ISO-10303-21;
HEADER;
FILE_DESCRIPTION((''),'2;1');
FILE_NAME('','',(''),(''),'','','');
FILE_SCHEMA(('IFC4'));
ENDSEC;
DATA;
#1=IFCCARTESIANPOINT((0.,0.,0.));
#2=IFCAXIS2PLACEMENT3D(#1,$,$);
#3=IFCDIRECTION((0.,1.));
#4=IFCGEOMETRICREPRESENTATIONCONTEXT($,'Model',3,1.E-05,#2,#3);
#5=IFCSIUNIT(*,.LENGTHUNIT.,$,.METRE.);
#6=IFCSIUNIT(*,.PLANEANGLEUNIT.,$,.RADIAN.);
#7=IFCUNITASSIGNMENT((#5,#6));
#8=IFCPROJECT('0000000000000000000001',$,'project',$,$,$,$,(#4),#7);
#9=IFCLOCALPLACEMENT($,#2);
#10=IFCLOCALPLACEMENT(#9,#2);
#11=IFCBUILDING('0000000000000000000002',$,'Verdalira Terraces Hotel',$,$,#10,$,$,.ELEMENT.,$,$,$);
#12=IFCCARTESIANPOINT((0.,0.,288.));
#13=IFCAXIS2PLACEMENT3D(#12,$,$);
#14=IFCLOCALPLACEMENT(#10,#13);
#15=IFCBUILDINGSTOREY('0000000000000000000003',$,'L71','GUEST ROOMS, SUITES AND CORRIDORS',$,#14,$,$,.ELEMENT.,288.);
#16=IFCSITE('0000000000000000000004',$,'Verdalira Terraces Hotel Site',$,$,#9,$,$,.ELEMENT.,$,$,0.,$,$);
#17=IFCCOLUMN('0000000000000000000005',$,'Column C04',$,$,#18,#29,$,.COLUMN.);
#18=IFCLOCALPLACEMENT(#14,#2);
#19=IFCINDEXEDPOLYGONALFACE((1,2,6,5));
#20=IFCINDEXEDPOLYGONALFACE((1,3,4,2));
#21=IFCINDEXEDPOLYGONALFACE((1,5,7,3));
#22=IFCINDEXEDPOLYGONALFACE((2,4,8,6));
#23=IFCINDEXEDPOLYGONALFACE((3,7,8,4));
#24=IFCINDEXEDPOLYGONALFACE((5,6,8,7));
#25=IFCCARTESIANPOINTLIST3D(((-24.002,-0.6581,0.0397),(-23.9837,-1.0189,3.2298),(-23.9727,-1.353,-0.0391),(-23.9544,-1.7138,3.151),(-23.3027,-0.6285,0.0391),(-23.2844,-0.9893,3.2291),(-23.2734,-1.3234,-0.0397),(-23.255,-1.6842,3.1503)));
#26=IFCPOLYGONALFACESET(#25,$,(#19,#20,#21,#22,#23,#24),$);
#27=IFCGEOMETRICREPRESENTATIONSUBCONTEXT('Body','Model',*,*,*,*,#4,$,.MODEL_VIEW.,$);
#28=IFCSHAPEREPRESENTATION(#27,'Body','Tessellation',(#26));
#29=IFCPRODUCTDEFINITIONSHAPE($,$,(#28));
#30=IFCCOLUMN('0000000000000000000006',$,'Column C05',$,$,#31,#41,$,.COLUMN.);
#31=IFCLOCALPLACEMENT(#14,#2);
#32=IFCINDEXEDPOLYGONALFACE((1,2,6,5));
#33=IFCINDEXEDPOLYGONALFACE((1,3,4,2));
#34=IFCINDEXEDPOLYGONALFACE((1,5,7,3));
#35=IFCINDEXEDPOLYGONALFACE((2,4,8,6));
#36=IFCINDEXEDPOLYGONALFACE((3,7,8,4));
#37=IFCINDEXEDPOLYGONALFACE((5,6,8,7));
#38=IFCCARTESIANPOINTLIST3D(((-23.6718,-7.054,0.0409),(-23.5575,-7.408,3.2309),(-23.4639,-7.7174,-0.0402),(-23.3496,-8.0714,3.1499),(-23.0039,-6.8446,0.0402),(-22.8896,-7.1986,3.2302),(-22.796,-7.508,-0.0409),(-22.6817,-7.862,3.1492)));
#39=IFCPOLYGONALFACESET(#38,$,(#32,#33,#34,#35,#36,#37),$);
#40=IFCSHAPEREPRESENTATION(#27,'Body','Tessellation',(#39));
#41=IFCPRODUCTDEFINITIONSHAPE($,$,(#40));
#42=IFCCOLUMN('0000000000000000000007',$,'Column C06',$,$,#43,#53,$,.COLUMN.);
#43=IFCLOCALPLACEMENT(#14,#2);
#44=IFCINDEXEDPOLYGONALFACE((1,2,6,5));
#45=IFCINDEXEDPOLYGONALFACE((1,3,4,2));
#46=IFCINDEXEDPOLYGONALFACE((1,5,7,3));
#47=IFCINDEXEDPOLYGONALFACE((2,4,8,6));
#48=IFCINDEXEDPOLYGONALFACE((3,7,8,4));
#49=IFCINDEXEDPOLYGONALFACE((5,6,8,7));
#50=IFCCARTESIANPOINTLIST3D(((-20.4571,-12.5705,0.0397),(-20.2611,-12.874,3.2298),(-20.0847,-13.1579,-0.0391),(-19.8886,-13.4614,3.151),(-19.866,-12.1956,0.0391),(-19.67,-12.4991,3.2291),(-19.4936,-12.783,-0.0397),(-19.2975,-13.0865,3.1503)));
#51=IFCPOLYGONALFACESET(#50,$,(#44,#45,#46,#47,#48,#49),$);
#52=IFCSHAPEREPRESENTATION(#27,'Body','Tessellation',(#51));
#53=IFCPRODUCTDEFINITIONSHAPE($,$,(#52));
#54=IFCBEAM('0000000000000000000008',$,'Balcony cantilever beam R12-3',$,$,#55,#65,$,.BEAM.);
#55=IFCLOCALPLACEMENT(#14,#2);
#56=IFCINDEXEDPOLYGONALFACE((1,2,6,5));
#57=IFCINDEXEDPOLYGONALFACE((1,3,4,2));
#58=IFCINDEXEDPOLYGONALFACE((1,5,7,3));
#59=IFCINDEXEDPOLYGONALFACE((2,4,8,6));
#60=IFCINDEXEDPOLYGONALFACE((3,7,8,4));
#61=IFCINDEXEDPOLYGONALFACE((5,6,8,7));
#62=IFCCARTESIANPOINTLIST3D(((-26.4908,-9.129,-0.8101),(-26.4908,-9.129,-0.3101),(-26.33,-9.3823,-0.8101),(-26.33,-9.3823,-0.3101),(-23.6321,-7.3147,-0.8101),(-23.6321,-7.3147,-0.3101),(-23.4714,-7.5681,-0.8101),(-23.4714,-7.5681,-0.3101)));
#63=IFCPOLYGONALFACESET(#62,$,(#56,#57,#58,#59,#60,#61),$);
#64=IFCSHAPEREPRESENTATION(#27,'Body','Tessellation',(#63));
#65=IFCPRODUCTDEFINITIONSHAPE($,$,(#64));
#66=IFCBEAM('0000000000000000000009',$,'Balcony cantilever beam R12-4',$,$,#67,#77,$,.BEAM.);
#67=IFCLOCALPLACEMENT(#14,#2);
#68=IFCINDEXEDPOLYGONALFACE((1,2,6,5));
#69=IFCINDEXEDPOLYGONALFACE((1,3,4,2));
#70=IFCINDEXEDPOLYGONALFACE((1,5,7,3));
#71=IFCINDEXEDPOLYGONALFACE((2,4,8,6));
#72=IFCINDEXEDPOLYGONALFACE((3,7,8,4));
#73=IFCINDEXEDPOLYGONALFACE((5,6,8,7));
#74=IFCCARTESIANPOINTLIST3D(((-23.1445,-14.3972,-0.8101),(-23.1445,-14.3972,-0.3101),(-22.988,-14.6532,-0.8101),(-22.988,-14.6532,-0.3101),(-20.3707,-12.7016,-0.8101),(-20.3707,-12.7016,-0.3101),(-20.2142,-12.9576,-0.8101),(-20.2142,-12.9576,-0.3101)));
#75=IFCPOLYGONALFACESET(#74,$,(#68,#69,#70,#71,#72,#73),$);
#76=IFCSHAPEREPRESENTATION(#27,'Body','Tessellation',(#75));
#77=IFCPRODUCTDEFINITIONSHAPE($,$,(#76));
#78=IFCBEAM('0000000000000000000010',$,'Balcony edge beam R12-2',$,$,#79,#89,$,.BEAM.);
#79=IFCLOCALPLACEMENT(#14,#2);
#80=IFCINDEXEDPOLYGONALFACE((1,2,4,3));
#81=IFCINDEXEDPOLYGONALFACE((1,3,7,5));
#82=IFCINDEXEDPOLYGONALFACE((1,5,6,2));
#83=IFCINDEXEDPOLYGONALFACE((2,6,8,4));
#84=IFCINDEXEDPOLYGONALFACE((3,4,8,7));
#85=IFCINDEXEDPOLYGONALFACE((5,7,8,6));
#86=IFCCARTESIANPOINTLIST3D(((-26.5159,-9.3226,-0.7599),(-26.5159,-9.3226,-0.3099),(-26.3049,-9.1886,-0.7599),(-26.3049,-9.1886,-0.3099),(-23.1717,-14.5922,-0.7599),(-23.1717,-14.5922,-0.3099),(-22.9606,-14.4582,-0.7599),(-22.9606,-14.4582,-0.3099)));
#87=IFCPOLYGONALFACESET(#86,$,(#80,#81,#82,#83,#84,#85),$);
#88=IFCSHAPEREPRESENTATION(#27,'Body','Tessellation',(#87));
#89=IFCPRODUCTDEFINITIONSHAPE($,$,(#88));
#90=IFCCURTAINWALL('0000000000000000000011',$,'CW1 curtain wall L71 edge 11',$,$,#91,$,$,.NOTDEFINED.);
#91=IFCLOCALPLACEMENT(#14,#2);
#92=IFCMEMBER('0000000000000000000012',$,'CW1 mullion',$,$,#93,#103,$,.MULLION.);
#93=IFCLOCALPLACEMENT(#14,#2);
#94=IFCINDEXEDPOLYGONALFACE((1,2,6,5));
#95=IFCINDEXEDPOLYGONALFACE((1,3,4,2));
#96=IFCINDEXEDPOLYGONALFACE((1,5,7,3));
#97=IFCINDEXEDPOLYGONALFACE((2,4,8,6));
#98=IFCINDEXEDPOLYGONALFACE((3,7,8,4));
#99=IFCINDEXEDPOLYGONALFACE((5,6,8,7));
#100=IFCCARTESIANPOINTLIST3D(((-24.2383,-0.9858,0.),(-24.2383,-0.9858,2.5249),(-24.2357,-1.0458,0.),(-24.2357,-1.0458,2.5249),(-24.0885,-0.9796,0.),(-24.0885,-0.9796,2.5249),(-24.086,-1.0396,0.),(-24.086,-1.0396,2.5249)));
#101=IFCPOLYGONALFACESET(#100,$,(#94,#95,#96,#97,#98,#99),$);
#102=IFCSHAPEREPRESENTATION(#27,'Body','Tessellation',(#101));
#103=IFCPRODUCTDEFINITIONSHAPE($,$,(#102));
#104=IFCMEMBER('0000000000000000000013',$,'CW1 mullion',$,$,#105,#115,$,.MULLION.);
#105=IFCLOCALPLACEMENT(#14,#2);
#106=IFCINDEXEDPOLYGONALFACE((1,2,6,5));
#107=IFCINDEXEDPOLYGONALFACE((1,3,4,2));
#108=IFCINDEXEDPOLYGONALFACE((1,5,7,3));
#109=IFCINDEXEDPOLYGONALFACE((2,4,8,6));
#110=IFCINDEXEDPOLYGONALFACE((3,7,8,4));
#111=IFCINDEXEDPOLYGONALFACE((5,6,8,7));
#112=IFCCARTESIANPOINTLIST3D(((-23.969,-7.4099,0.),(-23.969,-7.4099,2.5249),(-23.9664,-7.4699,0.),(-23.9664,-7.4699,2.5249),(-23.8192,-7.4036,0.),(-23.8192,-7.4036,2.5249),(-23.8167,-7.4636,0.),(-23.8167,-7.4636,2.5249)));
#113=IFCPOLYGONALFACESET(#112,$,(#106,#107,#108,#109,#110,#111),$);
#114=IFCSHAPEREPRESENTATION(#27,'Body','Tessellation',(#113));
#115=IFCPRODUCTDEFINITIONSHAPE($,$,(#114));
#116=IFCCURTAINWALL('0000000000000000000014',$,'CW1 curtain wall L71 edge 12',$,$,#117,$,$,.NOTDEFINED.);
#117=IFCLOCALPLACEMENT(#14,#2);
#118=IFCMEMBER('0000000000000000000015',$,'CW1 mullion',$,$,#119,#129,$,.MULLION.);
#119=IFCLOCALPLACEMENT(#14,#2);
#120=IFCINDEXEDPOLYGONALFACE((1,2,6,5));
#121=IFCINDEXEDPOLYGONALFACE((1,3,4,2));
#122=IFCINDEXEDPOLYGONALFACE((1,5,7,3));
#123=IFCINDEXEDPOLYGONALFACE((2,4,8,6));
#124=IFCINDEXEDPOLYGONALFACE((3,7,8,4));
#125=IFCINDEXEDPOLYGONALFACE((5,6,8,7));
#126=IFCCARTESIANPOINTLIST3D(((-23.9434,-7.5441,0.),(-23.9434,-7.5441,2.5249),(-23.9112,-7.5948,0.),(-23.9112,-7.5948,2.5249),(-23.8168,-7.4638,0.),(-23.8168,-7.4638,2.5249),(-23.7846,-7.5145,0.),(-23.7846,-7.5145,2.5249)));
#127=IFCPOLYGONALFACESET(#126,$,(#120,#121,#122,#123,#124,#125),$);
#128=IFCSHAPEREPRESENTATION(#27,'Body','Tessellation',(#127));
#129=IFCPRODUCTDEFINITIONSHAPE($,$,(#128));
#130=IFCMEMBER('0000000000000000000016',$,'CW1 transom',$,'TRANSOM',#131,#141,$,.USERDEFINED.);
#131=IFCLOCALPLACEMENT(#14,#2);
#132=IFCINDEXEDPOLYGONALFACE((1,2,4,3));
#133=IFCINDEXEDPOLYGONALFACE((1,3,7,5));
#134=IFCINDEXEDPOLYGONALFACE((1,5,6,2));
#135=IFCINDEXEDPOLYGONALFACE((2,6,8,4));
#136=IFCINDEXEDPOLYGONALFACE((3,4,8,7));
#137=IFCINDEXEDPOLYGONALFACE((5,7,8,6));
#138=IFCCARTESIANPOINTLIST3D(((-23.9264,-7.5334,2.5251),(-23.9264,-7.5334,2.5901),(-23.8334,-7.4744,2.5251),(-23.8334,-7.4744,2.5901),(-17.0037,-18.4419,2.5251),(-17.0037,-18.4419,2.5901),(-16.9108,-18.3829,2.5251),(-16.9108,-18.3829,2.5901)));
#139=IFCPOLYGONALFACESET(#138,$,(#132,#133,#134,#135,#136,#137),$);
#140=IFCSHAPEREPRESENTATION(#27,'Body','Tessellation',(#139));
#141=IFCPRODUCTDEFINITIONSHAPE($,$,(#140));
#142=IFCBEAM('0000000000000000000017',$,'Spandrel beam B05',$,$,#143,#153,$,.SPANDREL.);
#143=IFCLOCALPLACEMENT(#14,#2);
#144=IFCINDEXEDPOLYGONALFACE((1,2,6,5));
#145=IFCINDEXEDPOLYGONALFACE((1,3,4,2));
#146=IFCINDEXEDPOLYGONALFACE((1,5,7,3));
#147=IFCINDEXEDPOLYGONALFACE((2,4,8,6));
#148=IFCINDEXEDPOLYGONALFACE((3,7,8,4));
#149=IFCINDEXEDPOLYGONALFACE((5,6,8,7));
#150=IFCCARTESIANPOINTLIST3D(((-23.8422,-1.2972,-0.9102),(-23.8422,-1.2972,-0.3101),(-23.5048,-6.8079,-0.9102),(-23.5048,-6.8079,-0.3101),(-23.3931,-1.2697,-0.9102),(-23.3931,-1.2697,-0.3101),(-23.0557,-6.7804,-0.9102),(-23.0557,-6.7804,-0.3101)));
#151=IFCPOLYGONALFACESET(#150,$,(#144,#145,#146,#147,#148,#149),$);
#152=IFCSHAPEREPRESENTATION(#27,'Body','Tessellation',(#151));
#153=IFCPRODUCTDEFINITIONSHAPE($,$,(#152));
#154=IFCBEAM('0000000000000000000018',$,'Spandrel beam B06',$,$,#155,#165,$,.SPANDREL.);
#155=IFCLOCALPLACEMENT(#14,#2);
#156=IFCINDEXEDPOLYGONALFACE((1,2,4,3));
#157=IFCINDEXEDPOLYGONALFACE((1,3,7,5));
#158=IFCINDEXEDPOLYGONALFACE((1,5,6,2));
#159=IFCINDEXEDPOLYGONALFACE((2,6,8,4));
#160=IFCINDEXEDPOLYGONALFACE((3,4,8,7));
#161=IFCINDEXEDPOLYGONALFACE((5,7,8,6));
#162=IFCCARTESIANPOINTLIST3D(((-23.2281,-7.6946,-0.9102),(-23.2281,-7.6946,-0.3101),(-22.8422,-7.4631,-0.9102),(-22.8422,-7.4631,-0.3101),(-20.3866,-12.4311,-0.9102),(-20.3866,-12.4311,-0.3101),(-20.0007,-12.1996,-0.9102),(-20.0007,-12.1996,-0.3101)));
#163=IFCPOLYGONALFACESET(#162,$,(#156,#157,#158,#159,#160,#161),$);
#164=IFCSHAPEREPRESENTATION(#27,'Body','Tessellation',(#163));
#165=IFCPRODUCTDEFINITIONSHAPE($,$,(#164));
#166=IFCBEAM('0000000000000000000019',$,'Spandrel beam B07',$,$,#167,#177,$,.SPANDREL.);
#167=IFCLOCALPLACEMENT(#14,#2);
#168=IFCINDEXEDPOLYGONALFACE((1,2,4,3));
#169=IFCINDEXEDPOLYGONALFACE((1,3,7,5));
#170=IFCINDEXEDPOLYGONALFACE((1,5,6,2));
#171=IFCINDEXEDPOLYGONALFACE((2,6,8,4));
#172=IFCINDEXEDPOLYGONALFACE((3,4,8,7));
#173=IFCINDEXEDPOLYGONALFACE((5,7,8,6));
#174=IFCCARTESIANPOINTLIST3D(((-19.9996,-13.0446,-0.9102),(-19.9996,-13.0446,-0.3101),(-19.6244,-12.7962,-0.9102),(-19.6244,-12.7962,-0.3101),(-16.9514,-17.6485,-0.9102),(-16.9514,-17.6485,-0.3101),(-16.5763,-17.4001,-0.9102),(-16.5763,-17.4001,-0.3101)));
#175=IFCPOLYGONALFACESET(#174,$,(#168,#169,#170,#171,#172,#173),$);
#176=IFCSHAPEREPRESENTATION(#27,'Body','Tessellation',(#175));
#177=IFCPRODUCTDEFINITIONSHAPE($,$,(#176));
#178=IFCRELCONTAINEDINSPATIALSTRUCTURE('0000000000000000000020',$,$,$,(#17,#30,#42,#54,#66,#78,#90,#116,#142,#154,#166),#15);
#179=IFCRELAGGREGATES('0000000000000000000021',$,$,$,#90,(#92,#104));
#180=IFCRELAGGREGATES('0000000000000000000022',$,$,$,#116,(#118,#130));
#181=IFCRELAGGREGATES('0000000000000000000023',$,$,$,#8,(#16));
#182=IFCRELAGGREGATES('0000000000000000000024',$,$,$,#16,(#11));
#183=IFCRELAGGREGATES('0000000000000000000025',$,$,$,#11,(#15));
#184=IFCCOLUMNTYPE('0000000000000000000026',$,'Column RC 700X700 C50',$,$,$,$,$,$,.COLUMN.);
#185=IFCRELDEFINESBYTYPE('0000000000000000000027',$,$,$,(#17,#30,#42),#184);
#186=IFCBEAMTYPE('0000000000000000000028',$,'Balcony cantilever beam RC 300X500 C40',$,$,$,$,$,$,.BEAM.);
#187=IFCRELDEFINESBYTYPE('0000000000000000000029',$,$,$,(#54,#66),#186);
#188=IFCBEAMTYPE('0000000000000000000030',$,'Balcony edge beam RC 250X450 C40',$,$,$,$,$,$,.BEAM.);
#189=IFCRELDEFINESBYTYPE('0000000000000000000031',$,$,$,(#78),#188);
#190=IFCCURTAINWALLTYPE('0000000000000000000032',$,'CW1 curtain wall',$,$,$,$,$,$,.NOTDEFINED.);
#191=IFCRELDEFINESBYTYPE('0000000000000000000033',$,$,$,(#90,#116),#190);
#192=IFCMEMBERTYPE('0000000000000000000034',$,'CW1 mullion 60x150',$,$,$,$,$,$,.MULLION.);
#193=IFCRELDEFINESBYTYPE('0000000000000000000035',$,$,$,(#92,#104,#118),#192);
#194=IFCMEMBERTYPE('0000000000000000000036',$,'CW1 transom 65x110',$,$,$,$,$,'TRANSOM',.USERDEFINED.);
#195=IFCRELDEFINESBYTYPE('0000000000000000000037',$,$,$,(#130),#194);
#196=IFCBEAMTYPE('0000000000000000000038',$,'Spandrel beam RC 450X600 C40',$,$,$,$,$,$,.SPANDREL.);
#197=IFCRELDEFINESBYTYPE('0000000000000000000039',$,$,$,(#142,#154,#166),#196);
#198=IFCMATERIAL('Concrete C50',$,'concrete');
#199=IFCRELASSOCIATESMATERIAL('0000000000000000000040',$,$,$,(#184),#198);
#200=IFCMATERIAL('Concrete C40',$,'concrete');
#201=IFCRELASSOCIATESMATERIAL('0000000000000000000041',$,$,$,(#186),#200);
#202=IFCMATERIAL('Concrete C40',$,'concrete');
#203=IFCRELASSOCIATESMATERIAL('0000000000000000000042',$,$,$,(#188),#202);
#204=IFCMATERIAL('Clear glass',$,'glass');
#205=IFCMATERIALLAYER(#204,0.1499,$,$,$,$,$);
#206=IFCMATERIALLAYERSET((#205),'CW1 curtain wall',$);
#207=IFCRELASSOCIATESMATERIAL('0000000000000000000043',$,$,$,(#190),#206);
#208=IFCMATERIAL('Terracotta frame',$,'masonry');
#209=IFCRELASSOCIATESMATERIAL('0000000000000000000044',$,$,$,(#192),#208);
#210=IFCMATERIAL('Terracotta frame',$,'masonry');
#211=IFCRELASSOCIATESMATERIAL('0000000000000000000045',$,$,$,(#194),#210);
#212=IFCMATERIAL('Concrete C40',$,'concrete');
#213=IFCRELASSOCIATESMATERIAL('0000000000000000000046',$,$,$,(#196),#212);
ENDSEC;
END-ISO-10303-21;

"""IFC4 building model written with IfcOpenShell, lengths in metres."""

from ifc_helpers import new_model, si_unit, direction, frame, origin, origin_2d, place, context, subcontext, project, spatial, rectangle, extrude, material, layer, layer_set, material_profile, profile_set, type_object, element, aggregate, save


model = new_model("IFC4")

# Units and contexts
model_context = context("Model", 3, precision=1e-05, world=origin(), true_north=direction((0.0, 1.0)))
body_context = subcontext(model_context, "Body", "Model", "MODEL_VIEW")
ifc_project = project(units=[si_unit("LENGTHUNIT", "METRE"), si_unit("PLANEANGLEUNIT", "RADIAN")], contexts=[model_context])

# Site, building, storey
site_placement = place(None, origin())
site = spatial("IfcSite", under=ifc_project, at=site_placement, Name="Verdalira Terraces Hotel Site", CompositionType="ELEMENT", RefElevation=0.0)
building_placement = place(site_placement, origin())
building = spatial("IfcBuilding", under=site, at=building_placement, Name="Verdalira Terraces Hotel", CompositionType="ELEMENT")
storey_placement = place(building_placement, frame((0.0, 0.0, 288.0)))
storey = spatial("IfcBuildingStorey", under=building, at=storey_placement, Name="L71", Description="GUEST ROOMS, SUITES AND CORRIDORS", CompositionType="ELEMENT", Elevation=288.0)

# Columns
ifc_material_1 = material(Name="Concrete C50", Category="concrete")
ifc_material_profile_1 = material_profile(ifc_material_1, rectangle(XDim=0.7, YDim=0.7, at=origin_2d()), Name="RC 700X700")
ifc_profile_set_1 = profile_set([ifc_material_profile_1], Name="Concrete C50")
column_type = type_object("IfcColumnType", Name="Column RC 700X700 C50", PredefinedType="COLUMN", material=ifc_profile_set_1)
column_1_placement = place(storey_placement, frame((-23.6377, -0.9907, 0.0), z_axis=(0.005704, -0.112399, 0.993647), x_axis=(0.041935, -0.992762, -0.11254)))
element("IfcColumn", 1, at=column_1_placement, inside=storey, type_object=column_type, Name="Column C04", PredefinedType="COLUMN", context=body_context, shape_type="SweptSolid", body=[
    extrude(rectangle(XDim=0.7, YDim=0.7, at=origin_2d()), origin(), (0.0, 0.0, 1.0), 3.2104),
])
column_2_placement = place(storey_placement, frame((-23.2339, -7.281, 0.0), z_axis=(0.035577, -0.110228, 0.993269), x_axis=(-0.297052, 0.947811, 0.115823)))
element("IfcColumn", 2, at=column_2_placement, inside=storey, type_object=column_type, Name="Column C05", PredefinedType="COLUMN", context=body_context, shape_type="SweptSolid", body=[
    extrude(rectangle(XDim=0.7, YDim=0.7, at=origin_2d()), origin(), (0.0, 0.0, 1.0), 3.2117),
])
column_3_placement = place(storey_placement, frame((-19.9753, -12.6768, 0.0), z_axis=(0.061067, -0.094528, 0.993647), x_axis=(0.532086, -0.839178, -0.112534)))
element("IfcColumn", 3, at=column_3_placement, inside=storey, type_object=column_type, Name="Column C06", PredefinedType="COLUMN", context=body_context, shape_type="SweptSolid", body=[
    extrude(rectangle(XDim=0.7, YDim=0.7, at=origin_2d()), origin(), (0.0, 0.0, 1.0), 3.2104),
])

# Beams
ifc_material_2 = material(Name="Concrete C40", Category="concrete")
ifc_material_profile_2 = material_profile(ifc_material_2, rectangle(XDim=0.3, YDim=0.5, at=origin_2d()), Name="RC 300X500")
ifc_profile_set_2 = profile_set([ifc_material_profile_2], Name="Concrete C40")
beam_type_1 = type_object("IfcBeamType", Name="Balcony cantilever beam RC 300X500 C40", PredefinedType="BEAM", material=ifc_profile_set_2)
beam_1_placement = place(storey_placement, frame((-23.5518, -7.4414, -0.5601), z_axis=(-0.84432, -0.535839, 0.0), x_axis=(0.535839, -0.84432, 0.0)))
element("IfcBeam", 4, at=beam_1_placement, inside=storey, type_object=beam_type_1, Name="Balcony cantilever beam R12-3", PredefinedType="BEAM", context=body_context, shape_type="SweptSolid", body=[
    extrude(rectangle(XDim=0.3, YDim=0.5, at=origin_2d()), origin(), (0.0, 0.0, 1.0), 3.3857),
])
beam_2_placement = place(storey_placement, frame((-20.2925, -12.8296, -0.5601), z_axis=(-0.853209, -0.521568, 0.0), x_axis=(0.521568, -0.853209, 0.0)))
element("IfcBeam", 5, at=beam_2_placement, inside=storey, type_object=beam_type_1, Name="Balcony cantilever beam R12-4", PredefinedType="BEAM", context=body_context, shape_type="SweptSolid", body=[
    extrude(rectangle(XDim=0.3, YDim=0.5, at=origin_2d()), origin(), (0.0, 0.0, 1.0), 3.251),
])
ifc_material_3 = material(Name="Concrete C40", Category="concrete")
ifc_material_profile_3 = material_profile(ifc_material_3, rectangle(XDim=0.25, YDim=0.45, at=origin_2d()), Name="RC 250X450")
ifc_profile_set_3 = profile_set([ifc_material_profile_3], Name="Concrete C40")
beam_type_2 = type_object("IfcBeamType", Name="Balcony edge beam RC 250X450 C40", PredefinedType="BEAM", material=ifc_profile_set_3)
beam_3_placement = place(storey_placement, frame((-26.4104, -9.2556, -0.5349), z_axis=(0.535837, -0.844321, 0.0), x_axis=(0.844321, 0.535837, 0.0)))
element("IfcBeam", 6, at=beam_3_placement, inside=storey, type_object=beam_type_2, Name="Balcony edge beam R12-2", PredefinedType="BEAM", context=body_context, shape_type="SweptSolid", body=[
    extrude(rectangle(XDim=0.25, YDim=0.45, at=origin_2d()), origin(), (0.0, 0.0, 1.0), 6.2412),
])

# Curtain walls, members
ifc_material_4 = material(Name="Clear glass", Category="glass")
ifc_layer_1 = layer(ifc_material_4, 0.1499)
ifc_layer_set_1 = layer_set([ifc_layer_1], Name="CW1 curtain wall")
curtain_wall_type = type_object("IfcCurtainWallType", Name="CW1 curtain wall", PredefinedType="NOTDEFINED", material=ifc_layer_set_1)
curtain_wall_1_placement = place(storey_placement, origin())
curtain_wall_1 = element("IfcCurtainWall", 7, at=curtain_wall_1_placement, inside=storey, type_object=curtain_wall_type, Name="CW1 curtain wall L71 edge 11", PredefinedType="NOTDEFINED")
ifc_material_5 = material(Name="Terracotta frame", Category="masonry")
ifc_material_profile_4 = material_profile(ifc_material_5, rectangle(XDim=0.0601, YDim=0.1499, at=origin_2d()), Name="MU 60x150")
ifc_profile_set_4 = profile_set([ifc_material_profile_4], Name="Terracotta frame")
member_type_1 = type_object("IfcMemberType", Name="CW1 mullion 60x150", PredefinedType="MULLION", material=ifc_profile_set_4)
member_1_placement = place(storey_placement, frame((-24.1621, -1.0127, 0.0), z_axis=(0.0, 0.0, 1.0), x_axis=(0.041876, -0.999123, 0.0)))
member_1 = element("IfcMember", 8, at=member_1_placement, type_object=member_type_1, Name="CW1 mullion", PredefinedType="MULLION", context=body_context, shape_type="SweptSolid", body=[
    extrude(rectangle(XDim=0.0601, YDim=0.1499, at=origin_2d()), origin(), (0.0, 0.0, 1.0), 2.5249),
])
member_2_placement = place(storey_placement, frame((-23.8928, -7.4368, 0.0), z_axis=(0.0, 0.0, 1.0), x_axis=(0.041876, -0.999123, 0.0)))
member_2 = element("IfcMember", 9, at=member_2_placement, type_object=member_type_1, Name="CW1 mullion", PredefinedType="MULLION", context=body_context, shape_type="SweptSolid", body=[
    extrude(rectangle(XDim=0.0601, YDim=0.1499, at=origin_2d()), origin(), (0.0, 0.0, 1.0), 2.5249),
])
curtain_wall_2_placement = place(storey_placement, origin())
curtain_wall_2 = element("IfcCurtainWall", 10, at=curtain_wall_2_placement, inside=storey, type_object=curtain_wall_type, Name="CW1 curtain wall L71 edge 12", PredefinedType="NOTDEFINED")
member_3_placement = place(storey_placement, frame((-23.864, -7.5293, 0.0), z_axis=(0.0, 0.0, 1.0), x_axis=(0.535827, -0.844328, 0.0)))
member_3 = element("IfcMember", 11, at=member_3_placement, type_object=member_type_1, Name="CW1 mullion", PredefinedType="MULLION", context=body_context, shape_type="SweptSolid", body=[
    extrude(rectangle(XDim=0.0601, YDim=0.1499, at=origin_2d()), origin(), (0.0, 0.0, 1.0), 2.5249),
])
ifc_material_6 = material(Name="Terracotta frame", Category="masonry")
ifc_material_profile_5 = material_profile(ifc_material_6, rectangle(XDim=0.1101, YDim=0.0649, at=origin_2d()), Name="TR 65x110")
ifc_profile_set_5 = profile_set([ifc_material_profile_5], Name="Terracotta frame")
member_type_2 = type_object("IfcMemberType", Name="CW1 transom 65x110", ElementType="TRANSOM", PredefinedType="USERDEFINED", material=ifc_profile_set_5)
member_4_placement = place(storey_placement, frame((-23.8799, -7.5039, 2.5576), z_axis=(0.535821, -0.844332, 0.0), x_axis=(0.844332, 0.535821, 0.0)))
member_4 = element("IfcMember", 12, at=member_4_placement, type_object=member_type_2, Name="CW1 transom", ObjectType="TRANSOM", PredefinedType="USERDEFINED", context=body_context, shape_type="SweptSolid", body=[
    extrude(rectangle(XDim=0.1101, YDim=0.0649, at=origin_2d()), origin(), (0.0, 0.0, 1.0), 12.9197),
])

# Beams
ifc_material_7 = material(Name="Concrete C40", Category="concrete")
ifc_material_profile_6 = material_profile(ifc_material_7, rectangle(XDim=0.45, YDim=0.6001, at=origin_2d()), Name="RC 450X600")
ifc_profile_set_6 = profile_set([ifc_material_profile_6], Name="Concrete C40")
beam_type_3 = type_object("IfcBeamType", Name="Spandrel beam RC 450X600 C40", PredefinedType="SPANDREL", material=ifc_profile_set_6)
beam_4_placement = place(storey_placement, frame((-23.6177, -1.2834, -0.6101), z_axis=(0.061112, -0.998131, 0.0), x_axis=(0.998131, 0.061112, 0.0)))
element("IfcBeam", 13, at=beam_4_placement, inside=storey, type_object=beam_type_3, Name="Spandrel beam B05", PredefinedType="SPANDREL", context=body_context, shape_type="SweptSolid", body=[
    extrude(rectangle(XDim=0.45, YDim=0.6001, at=origin_2d()), origin(), (0.0, 0.0, 1.0), 5.521),
])
beam_5_placement = place(storey_placement, frame((-23.0352, -7.5789, -0.6101), z_axis=(0.514444, -0.857524, 0.0), x_axis=(0.857524, 0.514444, 0.0)))
element("IfcBeam", 14, at=beam_5_placement, inside=storey, type_object=beam_type_3, Name="Spandrel beam B06", PredefinedType="SPANDREL", context=body_context, shape_type="SweptSolid", body=[
    extrude(rectangle(XDim=0.45, YDim=0.6001, at=origin_2d()), origin(), (0.0, 0.0, 1.0), 5.5234),
])
beam_6_placement = place(storey_placement, frame((-19.812, -12.9204, -0.6101), z_axis=(0.552055, -0.833808, 0.0), x_axis=(0.833808, 0.552055, 0.0)))
element("IfcBeam", 15, at=beam_6_placement, inside=storey, type_object=beam_type_3, Name="Spandrel beam B07", PredefinedType="SPANDREL", context=body_context, shape_type="SweptSolid", body=[
    extrude(rectangle(XDim=0.45, YDim=0.6001, at=origin_2d()), origin(), (0.0, 0.0, 1.0), 5.5215),
])

aggregate(curtain_wall_1, [member_1, member_2])
aggregate(curtain_wall_2, [member_3, member_4])

save(model, "model.ifc")
